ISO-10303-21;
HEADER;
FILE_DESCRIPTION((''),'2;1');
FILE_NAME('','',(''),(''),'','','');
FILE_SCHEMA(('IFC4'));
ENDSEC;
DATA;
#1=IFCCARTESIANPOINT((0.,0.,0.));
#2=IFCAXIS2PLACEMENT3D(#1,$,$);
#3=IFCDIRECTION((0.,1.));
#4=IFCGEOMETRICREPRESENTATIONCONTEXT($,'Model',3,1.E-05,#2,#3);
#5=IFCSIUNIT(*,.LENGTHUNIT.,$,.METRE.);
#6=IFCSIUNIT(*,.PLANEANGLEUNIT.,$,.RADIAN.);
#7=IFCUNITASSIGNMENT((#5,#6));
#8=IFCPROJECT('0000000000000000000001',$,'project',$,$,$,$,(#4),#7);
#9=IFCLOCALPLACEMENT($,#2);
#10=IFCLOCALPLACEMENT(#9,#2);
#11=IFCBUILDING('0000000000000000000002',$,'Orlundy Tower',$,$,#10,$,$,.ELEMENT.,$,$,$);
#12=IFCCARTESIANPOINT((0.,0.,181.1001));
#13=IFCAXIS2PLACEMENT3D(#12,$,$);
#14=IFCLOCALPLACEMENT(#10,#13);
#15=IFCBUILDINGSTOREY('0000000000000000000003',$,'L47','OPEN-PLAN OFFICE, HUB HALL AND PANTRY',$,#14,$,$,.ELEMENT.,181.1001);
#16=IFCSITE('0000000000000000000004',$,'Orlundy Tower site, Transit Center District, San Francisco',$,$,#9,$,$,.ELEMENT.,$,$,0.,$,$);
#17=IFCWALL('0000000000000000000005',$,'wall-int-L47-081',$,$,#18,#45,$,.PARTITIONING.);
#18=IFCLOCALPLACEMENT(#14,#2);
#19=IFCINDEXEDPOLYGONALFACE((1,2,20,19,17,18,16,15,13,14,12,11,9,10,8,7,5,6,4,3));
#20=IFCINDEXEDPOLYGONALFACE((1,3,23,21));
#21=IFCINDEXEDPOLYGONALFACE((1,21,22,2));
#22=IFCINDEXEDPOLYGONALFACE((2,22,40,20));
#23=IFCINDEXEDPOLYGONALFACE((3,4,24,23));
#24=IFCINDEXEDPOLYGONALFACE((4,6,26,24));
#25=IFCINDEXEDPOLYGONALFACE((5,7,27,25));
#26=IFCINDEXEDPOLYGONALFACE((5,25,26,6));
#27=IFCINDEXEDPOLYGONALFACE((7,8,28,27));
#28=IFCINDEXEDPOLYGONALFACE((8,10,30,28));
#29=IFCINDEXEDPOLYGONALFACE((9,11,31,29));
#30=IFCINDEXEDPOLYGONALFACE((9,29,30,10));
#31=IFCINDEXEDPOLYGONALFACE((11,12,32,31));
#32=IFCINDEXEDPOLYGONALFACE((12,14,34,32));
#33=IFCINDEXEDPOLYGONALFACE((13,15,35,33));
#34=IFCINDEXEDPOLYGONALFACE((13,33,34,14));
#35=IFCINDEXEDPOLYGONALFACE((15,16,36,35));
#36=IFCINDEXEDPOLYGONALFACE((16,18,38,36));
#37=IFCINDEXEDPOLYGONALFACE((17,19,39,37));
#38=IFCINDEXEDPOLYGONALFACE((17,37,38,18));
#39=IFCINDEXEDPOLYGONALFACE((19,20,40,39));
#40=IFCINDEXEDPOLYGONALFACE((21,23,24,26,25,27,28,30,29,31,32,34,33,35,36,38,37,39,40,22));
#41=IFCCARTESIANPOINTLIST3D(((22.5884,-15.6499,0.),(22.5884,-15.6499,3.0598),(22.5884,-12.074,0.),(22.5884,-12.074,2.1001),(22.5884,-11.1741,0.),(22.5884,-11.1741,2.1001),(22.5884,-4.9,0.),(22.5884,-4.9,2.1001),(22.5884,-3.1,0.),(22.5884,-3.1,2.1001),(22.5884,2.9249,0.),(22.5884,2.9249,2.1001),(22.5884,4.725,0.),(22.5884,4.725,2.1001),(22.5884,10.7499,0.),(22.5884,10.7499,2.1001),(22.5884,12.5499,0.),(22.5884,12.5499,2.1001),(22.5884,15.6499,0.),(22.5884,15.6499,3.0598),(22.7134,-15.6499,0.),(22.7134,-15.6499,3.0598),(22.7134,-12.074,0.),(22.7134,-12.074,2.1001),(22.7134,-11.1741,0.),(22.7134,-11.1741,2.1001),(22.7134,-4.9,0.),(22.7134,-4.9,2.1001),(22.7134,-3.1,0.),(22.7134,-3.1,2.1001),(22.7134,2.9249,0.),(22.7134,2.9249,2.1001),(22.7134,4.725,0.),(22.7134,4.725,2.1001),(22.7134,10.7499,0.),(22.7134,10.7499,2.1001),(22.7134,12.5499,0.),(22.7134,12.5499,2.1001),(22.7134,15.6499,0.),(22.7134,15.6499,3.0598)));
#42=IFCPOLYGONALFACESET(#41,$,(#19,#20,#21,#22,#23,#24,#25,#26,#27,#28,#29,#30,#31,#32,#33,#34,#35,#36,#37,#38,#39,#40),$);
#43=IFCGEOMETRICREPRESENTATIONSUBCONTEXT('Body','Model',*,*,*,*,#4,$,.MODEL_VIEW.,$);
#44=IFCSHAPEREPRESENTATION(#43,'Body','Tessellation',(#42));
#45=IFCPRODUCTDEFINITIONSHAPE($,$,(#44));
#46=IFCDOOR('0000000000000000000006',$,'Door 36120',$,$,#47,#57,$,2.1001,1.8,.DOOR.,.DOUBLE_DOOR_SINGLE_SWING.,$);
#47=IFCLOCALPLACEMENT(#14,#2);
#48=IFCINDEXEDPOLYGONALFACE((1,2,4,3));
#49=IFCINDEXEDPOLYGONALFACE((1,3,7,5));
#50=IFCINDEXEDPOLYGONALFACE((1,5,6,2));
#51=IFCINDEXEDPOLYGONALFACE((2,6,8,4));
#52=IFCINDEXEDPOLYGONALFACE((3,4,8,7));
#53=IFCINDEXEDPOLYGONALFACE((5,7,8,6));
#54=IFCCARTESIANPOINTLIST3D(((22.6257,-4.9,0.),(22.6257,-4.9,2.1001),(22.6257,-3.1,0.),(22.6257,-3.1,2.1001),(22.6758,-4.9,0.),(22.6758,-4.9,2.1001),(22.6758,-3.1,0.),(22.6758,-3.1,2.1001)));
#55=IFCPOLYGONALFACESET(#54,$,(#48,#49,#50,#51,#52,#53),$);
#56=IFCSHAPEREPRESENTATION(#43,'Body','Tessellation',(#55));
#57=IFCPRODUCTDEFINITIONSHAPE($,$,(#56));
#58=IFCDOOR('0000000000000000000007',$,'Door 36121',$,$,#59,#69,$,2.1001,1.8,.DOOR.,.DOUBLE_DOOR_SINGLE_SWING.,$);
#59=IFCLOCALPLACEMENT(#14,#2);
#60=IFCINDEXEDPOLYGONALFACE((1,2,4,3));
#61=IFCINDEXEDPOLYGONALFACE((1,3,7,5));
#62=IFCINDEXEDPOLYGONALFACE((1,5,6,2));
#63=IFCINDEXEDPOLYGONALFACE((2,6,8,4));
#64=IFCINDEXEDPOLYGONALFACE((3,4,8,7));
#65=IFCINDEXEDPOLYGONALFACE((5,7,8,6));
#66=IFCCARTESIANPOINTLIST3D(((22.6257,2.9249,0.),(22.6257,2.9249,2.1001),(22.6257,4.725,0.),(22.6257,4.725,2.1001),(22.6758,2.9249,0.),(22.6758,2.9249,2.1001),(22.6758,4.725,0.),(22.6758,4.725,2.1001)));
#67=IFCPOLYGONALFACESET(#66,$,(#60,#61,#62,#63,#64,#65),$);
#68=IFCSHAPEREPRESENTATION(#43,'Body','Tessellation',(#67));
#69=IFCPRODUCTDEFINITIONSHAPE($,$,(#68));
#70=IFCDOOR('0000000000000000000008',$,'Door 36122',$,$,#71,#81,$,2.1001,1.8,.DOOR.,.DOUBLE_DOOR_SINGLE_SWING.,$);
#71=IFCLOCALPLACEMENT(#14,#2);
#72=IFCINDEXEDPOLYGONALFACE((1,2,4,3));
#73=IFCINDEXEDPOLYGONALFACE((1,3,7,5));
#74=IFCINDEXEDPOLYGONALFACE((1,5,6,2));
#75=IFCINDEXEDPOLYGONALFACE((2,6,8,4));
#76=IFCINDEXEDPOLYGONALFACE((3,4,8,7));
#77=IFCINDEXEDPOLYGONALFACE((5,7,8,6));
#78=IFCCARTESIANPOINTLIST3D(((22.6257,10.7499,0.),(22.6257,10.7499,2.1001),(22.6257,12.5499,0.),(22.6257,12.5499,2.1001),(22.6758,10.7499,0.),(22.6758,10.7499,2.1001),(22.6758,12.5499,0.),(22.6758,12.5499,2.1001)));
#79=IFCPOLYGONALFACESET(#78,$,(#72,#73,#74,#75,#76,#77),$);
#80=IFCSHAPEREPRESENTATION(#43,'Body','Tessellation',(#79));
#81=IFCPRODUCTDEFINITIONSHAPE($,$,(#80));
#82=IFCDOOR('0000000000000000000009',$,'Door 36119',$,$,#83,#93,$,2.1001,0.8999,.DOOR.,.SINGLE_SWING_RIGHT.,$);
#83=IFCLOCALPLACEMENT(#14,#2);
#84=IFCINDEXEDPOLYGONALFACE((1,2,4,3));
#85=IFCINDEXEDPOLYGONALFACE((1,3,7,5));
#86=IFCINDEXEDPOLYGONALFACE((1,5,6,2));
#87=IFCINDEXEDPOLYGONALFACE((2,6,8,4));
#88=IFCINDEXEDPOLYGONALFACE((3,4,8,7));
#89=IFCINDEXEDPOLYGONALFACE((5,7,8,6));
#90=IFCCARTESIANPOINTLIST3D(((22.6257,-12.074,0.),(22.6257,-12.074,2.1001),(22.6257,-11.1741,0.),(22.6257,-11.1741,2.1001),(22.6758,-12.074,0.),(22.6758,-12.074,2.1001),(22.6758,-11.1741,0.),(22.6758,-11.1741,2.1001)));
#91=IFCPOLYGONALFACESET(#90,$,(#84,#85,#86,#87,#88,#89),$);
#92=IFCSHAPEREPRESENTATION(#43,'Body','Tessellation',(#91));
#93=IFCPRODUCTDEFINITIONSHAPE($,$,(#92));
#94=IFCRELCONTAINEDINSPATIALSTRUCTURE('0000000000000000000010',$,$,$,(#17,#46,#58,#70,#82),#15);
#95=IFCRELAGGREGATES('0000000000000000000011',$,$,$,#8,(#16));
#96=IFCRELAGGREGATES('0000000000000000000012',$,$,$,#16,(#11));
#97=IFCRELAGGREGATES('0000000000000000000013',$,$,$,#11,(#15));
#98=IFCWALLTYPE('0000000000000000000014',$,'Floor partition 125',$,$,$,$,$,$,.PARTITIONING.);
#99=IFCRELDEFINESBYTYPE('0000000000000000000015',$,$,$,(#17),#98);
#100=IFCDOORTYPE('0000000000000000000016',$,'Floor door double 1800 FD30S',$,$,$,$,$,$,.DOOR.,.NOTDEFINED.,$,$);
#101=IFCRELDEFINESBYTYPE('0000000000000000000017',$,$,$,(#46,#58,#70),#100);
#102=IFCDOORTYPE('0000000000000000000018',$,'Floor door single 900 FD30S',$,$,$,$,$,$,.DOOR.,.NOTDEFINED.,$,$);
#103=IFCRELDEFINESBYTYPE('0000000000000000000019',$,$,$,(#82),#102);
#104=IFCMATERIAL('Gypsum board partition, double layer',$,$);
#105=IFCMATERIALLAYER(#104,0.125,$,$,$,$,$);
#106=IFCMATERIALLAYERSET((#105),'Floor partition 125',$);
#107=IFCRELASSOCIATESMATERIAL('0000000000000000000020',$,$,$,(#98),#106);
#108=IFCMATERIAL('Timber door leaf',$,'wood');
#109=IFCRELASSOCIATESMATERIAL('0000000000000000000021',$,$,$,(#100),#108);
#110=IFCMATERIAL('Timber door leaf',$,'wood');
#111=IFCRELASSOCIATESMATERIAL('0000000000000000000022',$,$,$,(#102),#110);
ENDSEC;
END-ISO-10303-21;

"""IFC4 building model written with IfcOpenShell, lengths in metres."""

from ifc_helpers import new_model, si_unit, direction, frame, frame_2d, origin, place, context, subcontext, project, spatial, rectangle, extrude, material, layer, layer_set, type_object, element, fill, save


model = new_model("IFC4")

# Units and contexts
model_context = context("Model", 3, precision=1e-05, world=origin(), true_north=direction((0.0, 1.0)))
body_context = subcontext(model_context, "Body", "Model", "MODEL_VIEW")
ifc_project = project(units=[si_unit("LENGTHUNIT", "METRE"), si_unit("PLANEANGLEUNIT", "RADIAN")], contexts=[model_context])

# Site, building, storey
site_placement = place(None, origin())
site = spatial("IfcSite", under=ifc_project, at=site_placement, Name="Orlundy Tower site, Transit Center District, San Francisco", CompositionType="ELEMENT", RefElevation=0.0)
building_placement = place(site_placement, origin())
building = spatial("IfcBuilding", under=site, at=building_placement, Name="Orlundy Tower", CompositionType="ELEMENT")
storey_placement = place(building_placement, frame((0.0, 0.0, 181.1001)))
storey = spatial("IfcBuildingStorey", under=building, at=storey_placement, Name="L47", Description="OPEN-PLAN OFFICE, HUB HALL AND PANTRY", CompositionType="ELEMENT", Elevation=181.1001)

# Wall, openings, doors
ifc_material_1 = material(Name="Gypsum board partition, double layer")
ifc_layer_1 = layer(ifc_material_1, 0.125)
ifc_layer_set_1 = layer_set([ifc_layer_1], Name="Floor partition 125")
wall_type = type_object("IfcWallType", Name="Floor partition 125", PredefinedType="PARTITIONING", material=ifc_layer_set_1)
wall_placement = place(storey_placement, frame((22.6509, 15.6499, 0.0), z_axis=(0.0, 0.0, 1.0), x_axis=(0.0, -1.0, 0.0)))
wall = element("IfcWall", 1, at=wall_placement, inside=storey, type_object=wall_type, Name="wall-int-L47-081", PredefinedType="PARTITIONING", context=body_context, shape_type="SweptSolid", body=[
    extrude(rectangle(XDim=31.2998, YDim=0.125, at=frame_2d((15.6499, 0.0))), origin(), (0.0, 0.0, 1.0), 3.0598),
])
opening_1_placement = place(wall_placement, frame((26.824, 0.0, 0.0)))
opening_1 = element("IfcOpeningElement", 2, at=opening_1_placement, cuts=wall, PredefinedType="OPENING", context=body_context, shape_type="SweptSolid", body=[
    extrude(rectangle(XDim=0.8999, YDim=2.1001, at=frame_2d((0.45, 1.05))), frame((0.0, 0.0725, 0.0), z_axis=(0.0, -1.0, 0.0), x_axis=(1.0, 0.0, 0.0)), (0.0, 0.0, 1.0), 0.145),
])
opening_2_placement = place(wall_placement, frame((18.75, 0.0, 0.0)))
opening_2 = element("IfcOpeningElement", 3, at=opening_2_placement, cuts=wall, PredefinedType="OPENING", context=body_context, shape_type="SweptSolid", body=[
    extrude(rectangle(XDim=1.8, YDim=2.1001, at=frame_2d((0.8999, 1.05))), frame((0.0, 0.0725, 0.0), z_axis=(0.0, -1.0, 0.0), x_axis=(1.0, 0.0, 0.0)), (0.0, 0.0, 1.0), 0.145),
])
opening_3_placement = place(wall_placement, frame((10.925, 0.0, 0.0)))
opening_3 = element("IfcOpeningElement", 4, at=opening_3_placement, cuts=wall, PredefinedType="OPENING", context=body_context, shape_type="SweptSolid", body=[
    extrude(rectangle(XDim=1.8, YDim=2.1001, at=frame_2d((0.8999, 1.05))), frame((0.0, 0.0725, 0.0), z_axis=(0.0, -1.0, 0.0), x_axis=(1.0, 0.0, 0.0)), (0.0, 0.0, 1.0), 0.145),
])
opening_4_placement = place(wall_placement, frame((3.1001, 0.0, 0.0)))
opening_4 = element("IfcOpeningElement", 5, at=opening_4_placement, cuts=wall, PredefinedType="OPENING", context=body_context, shape_type="SweptSolid", body=[
    extrude(rectangle(XDim=1.8, YDim=2.1001, at=frame_2d((0.8999, 1.05))), frame((0.0, 0.0725, 0.0), z_axis=(0.0, -1.0, 0.0), x_axis=(1.0, 0.0, 0.0)), (0.0, 0.0, 1.0), 0.145),
])
ifc_material_2 = material(Name="Timber door leaf", Category="wood")
door_type_1 = type_object("IfcDoorType", Name="Floor door double 1800 FD30S", OperationType="NOTDEFINED", PredefinedType="DOOR", material=ifc_material_2)
door_1_placement = place(opening_2_placement, origin())
door_1 = element("IfcDoor", 6, at=door_1_placement, inside=storey, type_object=door_type_1, Name="Door 36120", OperationType="DOUBLE_DOOR_SINGLE_SWING", OverallHeight=2.1001, OverallWidth=1.8, PredefinedType="DOOR", context=body_context, shape_type="SweptSolid", body=[
    extrude(rectangle(XDim=1.8, YDim=2.1001, at=frame_2d((0.8999, 1.05))), frame((0.0, 0.0249, 0.0), z_axis=(0.0, -1.0, 0.0), x_axis=(1.0, 0.0, 0.0)), (0.0, 0.0, 1.0), 0.05),
])
fill(opening_2, door_1)
door_2_placement = place(opening_3_placement, origin())
door_2 = element("IfcDoor", 7, at=door_2_placement, inside=storey, type_object=door_type_1, Name="Door 36121", OperationType="DOUBLE_DOOR_SINGLE_SWING", OverallHeight=2.1001, OverallWidth=1.8, PredefinedType="DOOR", context=body_context, shape_type="SweptSolid", body=[
    extrude(rectangle(XDim=1.8, YDim=2.1001, at=frame_2d((0.8999, 1.05))), frame((0.0, 0.0249, 0.0), z_axis=(0.0, -1.0, 0.0), x_axis=(1.0, 0.0, 0.0)), (0.0, 0.0, 1.0), 0.05),
])
fill(opening_3, door_2)
door_3_placement = place(opening_4_placement, origin())
door_3 = element("IfcDoor", 8, at=door_3_placement, inside=storey, type_object=door_type_1, Name="Door 36122", OperationType="DOUBLE_DOOR_SINGLE_SWING", OverallHeight=2.1001, OverallWidth=1.8, PredefinedType="DOOR", context=body_context, shape_type="SweptSolid", body=[
    extrude(rectangle(XDim=1.8, YDim=2.1001, at=frame_2d((0.8999, 1.05))), frame((0.0, 0.0249, 0.0), z_axis=(0.0, -1.0, 0.0), x_axis=(1.0, 0.0, 0.0)), (0.0, 0.0, 1.0), 0.05),
])
fill(opening_4, door_3)
ifc_material_3 = material(Name="Timber door leaf", Category="wood")
door_type_2 = type_object("IfcDoorType", Name="Floor door single 900 FD30S", OperationType="NOTDEFINED", PredefinedType="DOOR", material=ifc_material_3)
door_4_placement = place(opening_1_placement, origin())
door_4 = element("IfcDoor", 9, at=door_4_placement, inside=storey, type_object=door_type_2, Name="Door 36119", OperationType="SINGLE_SWING_RIGHT", OverallHeight=2.1001, OverallWidth=0.8999, PredefinedType="DOOR", context=body_context, shape_type="SweptSolid", body=[
    extrude(rectangle(XDim=0.8999, YDim=2.1001, at=frame_2d((0.45, 1.05))), frame((0.0, 0.0249, 0.0), z_axis=(0.0, -1.0, 0.0), x_axis=(1.0, 0.0, 0.0)), (0.0, 0.0, 1.0), 0.05),
])
fill(opening_1, door_4)

save(model, "model.ifc")
